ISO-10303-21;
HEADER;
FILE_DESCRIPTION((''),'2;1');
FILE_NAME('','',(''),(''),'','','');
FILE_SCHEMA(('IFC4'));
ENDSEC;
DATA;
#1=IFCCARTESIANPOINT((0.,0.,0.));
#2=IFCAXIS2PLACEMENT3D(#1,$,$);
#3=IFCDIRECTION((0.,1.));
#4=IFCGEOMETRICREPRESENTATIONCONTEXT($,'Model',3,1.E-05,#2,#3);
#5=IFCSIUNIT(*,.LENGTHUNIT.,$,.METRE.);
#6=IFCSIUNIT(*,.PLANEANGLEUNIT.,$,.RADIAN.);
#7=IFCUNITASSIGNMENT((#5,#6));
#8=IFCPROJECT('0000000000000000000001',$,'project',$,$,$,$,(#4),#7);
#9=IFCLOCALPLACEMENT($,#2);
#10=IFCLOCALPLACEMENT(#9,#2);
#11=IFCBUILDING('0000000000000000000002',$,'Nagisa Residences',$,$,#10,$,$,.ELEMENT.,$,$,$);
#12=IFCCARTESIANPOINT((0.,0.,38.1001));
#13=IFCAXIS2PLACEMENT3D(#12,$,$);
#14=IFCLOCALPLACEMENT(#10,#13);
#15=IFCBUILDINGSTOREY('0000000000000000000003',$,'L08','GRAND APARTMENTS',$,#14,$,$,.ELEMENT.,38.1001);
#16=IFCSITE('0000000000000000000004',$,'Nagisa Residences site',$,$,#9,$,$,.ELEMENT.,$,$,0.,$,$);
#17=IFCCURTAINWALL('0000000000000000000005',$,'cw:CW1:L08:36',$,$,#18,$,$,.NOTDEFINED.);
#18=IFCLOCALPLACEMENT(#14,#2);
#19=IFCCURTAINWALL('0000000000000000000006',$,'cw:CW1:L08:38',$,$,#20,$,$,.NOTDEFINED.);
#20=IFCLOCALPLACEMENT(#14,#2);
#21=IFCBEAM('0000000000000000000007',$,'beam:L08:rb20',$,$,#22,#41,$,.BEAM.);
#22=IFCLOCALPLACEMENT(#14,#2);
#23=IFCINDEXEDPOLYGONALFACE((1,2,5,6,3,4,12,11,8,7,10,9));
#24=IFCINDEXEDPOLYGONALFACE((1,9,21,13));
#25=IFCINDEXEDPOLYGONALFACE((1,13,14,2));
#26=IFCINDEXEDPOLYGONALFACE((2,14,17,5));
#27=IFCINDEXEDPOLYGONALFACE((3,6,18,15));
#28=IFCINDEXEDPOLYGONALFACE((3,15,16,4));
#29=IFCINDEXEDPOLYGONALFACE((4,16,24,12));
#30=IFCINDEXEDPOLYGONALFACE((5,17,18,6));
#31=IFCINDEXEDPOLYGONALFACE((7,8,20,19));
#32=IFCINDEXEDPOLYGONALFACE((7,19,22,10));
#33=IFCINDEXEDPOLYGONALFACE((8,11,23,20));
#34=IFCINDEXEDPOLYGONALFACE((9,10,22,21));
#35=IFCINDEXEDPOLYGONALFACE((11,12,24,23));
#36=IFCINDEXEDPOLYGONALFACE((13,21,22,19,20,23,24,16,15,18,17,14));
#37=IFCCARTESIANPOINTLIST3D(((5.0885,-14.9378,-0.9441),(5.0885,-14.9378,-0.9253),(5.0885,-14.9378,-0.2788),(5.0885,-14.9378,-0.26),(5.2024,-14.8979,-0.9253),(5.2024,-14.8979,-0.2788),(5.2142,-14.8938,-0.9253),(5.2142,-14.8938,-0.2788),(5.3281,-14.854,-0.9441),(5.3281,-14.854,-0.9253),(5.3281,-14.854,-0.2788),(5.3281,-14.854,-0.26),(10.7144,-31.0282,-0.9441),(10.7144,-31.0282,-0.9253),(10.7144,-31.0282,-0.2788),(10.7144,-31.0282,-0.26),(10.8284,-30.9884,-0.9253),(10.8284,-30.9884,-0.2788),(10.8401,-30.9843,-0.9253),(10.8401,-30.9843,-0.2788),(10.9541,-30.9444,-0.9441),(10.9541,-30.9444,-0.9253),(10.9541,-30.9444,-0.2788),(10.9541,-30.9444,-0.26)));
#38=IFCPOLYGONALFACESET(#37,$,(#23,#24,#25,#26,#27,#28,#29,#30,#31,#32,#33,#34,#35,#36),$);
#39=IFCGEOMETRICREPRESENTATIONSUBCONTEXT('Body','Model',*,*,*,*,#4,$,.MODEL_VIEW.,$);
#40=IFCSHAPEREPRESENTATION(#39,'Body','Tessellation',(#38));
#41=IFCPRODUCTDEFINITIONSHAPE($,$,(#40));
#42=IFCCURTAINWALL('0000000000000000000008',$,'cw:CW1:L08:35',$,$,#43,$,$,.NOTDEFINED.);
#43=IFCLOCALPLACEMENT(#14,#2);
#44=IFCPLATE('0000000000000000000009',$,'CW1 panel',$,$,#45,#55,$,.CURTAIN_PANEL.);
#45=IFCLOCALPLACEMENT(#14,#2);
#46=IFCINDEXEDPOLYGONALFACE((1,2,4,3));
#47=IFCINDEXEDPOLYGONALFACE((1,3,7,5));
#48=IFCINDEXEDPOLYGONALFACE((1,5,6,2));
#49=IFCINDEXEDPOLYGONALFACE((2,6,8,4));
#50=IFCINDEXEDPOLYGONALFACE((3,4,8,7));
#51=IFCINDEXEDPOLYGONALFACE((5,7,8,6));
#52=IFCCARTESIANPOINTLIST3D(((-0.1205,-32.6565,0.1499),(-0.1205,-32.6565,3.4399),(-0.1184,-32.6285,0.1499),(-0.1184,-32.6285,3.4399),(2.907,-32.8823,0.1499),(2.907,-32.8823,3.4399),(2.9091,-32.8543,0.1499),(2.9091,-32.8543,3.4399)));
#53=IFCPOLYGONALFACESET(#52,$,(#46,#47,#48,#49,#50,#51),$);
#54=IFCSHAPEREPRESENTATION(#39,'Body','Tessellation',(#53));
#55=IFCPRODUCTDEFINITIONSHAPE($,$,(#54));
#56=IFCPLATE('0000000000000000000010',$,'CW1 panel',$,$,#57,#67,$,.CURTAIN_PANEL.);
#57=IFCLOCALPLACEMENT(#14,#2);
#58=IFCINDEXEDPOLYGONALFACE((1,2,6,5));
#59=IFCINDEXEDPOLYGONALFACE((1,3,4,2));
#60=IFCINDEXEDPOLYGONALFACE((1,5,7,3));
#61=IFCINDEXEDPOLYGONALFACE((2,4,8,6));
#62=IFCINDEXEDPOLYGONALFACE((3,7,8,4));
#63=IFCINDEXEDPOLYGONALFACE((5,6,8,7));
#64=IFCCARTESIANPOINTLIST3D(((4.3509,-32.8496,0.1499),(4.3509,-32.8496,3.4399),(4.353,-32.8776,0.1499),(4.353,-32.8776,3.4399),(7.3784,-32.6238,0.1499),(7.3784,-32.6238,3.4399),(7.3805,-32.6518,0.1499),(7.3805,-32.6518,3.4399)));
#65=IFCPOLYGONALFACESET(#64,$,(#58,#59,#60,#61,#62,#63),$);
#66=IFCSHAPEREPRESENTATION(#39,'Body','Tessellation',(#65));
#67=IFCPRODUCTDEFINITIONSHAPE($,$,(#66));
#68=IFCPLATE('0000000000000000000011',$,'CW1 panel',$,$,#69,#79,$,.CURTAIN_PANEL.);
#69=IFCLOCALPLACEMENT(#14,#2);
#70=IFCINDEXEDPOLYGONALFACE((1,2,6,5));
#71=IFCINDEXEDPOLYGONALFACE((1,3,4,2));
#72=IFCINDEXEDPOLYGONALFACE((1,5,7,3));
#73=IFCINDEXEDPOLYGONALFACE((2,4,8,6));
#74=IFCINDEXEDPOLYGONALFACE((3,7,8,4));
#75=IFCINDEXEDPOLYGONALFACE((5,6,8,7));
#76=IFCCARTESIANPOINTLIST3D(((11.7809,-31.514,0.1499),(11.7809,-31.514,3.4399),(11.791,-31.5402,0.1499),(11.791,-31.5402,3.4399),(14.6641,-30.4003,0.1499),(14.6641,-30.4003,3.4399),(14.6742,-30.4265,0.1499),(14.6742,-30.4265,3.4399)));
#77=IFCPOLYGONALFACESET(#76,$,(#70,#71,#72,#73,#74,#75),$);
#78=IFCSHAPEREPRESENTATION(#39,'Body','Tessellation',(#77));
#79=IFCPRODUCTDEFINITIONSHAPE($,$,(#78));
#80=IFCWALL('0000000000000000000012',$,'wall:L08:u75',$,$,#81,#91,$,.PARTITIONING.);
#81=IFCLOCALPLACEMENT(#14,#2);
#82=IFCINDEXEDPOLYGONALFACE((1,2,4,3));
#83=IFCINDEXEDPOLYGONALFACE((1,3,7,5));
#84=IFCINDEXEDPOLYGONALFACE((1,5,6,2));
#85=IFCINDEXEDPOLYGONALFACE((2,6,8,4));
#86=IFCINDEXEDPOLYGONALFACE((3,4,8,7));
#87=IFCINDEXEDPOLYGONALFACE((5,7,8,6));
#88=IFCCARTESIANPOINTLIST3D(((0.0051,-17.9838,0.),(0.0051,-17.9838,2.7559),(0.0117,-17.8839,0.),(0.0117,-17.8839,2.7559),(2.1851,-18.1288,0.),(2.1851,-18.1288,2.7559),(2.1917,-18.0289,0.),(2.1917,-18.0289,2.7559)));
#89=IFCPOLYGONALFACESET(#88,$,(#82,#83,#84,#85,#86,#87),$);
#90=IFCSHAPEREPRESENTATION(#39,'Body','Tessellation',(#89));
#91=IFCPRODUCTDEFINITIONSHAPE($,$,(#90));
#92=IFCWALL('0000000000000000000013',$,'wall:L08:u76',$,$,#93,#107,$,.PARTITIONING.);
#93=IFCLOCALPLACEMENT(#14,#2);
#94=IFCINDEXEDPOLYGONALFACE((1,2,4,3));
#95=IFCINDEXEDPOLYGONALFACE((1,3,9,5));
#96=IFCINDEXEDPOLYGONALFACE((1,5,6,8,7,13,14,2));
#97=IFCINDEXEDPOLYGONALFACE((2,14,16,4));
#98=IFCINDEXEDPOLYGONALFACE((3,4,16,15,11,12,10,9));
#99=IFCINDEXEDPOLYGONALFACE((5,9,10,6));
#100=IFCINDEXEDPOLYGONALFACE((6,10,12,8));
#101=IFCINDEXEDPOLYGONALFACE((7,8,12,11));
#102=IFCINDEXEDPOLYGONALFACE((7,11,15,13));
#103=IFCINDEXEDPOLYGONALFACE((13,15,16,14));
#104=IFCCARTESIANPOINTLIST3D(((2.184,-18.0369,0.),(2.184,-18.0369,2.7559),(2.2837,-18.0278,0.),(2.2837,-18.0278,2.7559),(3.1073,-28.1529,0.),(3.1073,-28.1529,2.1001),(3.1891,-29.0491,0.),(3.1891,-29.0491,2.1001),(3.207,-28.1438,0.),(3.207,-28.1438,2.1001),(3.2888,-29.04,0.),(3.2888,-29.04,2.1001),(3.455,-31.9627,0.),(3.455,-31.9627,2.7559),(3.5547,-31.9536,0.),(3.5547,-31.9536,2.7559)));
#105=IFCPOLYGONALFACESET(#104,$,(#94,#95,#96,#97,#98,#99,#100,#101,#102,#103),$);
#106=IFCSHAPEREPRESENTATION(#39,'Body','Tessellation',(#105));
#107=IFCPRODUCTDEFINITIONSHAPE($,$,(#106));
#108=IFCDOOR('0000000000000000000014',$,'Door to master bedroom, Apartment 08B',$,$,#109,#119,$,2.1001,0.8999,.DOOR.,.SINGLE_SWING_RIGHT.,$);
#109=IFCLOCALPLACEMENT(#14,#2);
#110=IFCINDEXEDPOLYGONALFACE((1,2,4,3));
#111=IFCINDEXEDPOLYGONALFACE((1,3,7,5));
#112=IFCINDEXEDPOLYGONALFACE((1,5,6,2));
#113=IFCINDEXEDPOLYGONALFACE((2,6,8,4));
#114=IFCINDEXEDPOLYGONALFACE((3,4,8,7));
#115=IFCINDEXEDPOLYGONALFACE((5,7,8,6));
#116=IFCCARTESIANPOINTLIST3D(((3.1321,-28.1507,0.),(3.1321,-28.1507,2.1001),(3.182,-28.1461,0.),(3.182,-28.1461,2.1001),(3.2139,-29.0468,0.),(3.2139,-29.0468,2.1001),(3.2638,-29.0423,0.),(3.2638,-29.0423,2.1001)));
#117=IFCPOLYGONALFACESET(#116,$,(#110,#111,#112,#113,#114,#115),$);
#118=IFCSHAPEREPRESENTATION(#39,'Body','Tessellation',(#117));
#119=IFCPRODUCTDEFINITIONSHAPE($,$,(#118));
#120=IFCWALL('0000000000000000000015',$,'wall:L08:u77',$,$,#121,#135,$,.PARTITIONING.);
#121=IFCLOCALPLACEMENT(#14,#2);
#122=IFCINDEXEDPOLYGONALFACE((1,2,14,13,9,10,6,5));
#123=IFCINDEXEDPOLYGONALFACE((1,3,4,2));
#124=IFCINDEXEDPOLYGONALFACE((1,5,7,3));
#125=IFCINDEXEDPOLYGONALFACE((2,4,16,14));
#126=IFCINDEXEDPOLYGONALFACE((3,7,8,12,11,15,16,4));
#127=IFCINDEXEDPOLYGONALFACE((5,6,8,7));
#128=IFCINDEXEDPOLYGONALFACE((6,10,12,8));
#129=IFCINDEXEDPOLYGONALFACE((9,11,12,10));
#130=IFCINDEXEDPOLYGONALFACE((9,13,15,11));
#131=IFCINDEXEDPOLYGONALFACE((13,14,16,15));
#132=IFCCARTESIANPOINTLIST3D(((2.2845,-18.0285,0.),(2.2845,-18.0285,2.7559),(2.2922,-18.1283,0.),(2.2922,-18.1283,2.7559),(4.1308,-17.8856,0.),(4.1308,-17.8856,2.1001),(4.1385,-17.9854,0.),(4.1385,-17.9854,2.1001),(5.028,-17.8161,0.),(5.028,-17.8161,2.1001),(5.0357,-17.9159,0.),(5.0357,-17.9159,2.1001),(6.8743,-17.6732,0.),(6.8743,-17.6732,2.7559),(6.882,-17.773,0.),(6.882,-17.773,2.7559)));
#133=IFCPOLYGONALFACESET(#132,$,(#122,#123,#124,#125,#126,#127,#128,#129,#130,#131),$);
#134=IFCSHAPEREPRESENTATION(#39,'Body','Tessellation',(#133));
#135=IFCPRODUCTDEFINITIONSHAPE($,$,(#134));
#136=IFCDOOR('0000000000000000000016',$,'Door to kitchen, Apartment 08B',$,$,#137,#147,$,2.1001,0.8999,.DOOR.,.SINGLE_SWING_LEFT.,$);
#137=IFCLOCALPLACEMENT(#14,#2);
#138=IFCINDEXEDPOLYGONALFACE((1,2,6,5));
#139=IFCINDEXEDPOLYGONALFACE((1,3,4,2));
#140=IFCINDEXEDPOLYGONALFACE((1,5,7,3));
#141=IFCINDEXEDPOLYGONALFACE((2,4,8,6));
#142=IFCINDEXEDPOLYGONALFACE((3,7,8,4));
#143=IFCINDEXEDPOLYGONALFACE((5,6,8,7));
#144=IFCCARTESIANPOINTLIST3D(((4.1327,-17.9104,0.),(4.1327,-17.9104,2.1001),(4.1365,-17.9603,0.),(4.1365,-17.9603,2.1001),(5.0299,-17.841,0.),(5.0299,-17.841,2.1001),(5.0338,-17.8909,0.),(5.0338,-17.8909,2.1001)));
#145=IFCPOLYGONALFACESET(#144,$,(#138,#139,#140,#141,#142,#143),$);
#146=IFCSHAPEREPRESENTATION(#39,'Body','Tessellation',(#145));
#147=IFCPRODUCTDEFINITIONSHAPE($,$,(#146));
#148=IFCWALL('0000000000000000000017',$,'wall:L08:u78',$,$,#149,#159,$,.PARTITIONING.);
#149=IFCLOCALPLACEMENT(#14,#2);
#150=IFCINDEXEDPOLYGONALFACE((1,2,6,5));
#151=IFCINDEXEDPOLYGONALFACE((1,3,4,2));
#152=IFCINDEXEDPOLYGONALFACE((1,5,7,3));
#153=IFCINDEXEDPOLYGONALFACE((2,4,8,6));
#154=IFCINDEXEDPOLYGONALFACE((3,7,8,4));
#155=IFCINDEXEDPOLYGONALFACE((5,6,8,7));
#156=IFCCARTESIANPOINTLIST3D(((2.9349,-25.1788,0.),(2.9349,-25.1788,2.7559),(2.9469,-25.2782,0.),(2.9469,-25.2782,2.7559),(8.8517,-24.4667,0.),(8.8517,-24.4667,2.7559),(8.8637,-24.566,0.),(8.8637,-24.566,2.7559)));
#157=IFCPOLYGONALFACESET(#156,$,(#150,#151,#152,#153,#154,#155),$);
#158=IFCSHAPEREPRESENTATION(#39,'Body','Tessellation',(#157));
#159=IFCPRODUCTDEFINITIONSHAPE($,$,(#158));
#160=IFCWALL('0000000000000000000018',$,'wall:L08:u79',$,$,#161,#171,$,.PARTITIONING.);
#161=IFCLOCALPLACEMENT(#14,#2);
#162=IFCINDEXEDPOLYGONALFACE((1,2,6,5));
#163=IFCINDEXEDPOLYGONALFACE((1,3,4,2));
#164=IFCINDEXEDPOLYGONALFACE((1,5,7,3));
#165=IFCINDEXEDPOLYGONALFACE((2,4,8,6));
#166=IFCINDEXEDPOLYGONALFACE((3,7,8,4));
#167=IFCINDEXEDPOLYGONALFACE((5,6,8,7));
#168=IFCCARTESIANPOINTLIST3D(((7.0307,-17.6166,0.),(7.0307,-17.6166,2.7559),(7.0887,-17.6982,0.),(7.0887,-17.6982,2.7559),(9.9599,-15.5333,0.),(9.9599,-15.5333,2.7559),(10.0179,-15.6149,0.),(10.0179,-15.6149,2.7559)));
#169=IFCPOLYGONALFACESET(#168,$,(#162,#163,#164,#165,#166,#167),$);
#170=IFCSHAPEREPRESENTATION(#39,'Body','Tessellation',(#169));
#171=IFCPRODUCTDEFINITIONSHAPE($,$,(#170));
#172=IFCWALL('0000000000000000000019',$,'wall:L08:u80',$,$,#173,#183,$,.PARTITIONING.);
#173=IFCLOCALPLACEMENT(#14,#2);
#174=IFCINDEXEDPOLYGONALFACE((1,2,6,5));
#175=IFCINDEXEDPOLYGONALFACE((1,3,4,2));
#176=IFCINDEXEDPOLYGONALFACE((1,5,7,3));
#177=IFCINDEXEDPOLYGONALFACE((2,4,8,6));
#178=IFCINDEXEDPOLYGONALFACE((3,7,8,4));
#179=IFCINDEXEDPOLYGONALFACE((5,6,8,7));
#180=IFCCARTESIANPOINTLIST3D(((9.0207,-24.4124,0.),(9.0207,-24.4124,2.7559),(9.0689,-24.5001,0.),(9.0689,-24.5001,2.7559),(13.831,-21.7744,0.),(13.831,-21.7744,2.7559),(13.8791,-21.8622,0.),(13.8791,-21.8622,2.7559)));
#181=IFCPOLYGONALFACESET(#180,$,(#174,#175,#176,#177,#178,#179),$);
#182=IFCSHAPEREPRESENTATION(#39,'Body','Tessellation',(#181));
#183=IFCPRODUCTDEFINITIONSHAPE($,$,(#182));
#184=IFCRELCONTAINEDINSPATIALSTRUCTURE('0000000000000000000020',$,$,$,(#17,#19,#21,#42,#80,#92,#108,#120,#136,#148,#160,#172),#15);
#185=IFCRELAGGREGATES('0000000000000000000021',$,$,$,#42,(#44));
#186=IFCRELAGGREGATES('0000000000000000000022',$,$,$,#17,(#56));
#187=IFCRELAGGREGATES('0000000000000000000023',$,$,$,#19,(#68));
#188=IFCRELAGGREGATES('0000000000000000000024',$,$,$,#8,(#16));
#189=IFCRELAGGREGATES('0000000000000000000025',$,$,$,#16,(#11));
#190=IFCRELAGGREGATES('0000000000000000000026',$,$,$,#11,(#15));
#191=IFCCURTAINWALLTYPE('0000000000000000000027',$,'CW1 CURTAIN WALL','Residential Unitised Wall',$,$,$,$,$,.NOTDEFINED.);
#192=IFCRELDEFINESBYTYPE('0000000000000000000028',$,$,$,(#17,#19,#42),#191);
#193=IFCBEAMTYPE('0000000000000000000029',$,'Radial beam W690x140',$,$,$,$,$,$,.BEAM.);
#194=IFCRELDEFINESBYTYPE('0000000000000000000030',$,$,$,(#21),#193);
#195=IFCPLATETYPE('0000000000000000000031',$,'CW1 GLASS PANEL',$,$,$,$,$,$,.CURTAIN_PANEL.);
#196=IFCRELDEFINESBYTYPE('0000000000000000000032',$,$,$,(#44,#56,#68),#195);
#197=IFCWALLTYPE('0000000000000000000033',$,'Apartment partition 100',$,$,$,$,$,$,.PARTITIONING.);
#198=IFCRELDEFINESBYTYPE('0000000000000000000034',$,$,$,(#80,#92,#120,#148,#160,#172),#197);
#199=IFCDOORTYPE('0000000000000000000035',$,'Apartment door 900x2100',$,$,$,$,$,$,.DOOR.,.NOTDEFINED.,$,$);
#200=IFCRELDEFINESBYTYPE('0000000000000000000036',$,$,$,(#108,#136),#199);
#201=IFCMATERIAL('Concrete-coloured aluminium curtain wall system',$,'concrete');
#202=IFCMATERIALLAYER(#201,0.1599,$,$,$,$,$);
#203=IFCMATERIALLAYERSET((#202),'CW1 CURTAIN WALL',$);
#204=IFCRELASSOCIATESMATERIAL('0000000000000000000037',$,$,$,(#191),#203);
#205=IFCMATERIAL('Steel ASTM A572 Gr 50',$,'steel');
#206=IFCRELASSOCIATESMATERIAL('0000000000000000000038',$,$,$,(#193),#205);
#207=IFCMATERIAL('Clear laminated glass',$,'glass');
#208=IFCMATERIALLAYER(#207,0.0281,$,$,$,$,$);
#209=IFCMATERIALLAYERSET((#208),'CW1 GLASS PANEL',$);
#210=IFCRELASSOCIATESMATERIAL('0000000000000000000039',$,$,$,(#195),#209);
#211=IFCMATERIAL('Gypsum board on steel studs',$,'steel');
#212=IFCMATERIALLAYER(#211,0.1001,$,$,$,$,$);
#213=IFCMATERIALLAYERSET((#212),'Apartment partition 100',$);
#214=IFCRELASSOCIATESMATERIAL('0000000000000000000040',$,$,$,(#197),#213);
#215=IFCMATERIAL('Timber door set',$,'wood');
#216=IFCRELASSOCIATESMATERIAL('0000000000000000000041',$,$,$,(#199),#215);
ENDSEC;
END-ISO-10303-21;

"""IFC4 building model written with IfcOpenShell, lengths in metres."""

from ifc_helpers import new_model, si_unit, direction, frame, frame_2d, origin, origin_2d, place, context, subcontext, project, spatial, rectangle, i_section, extrude, material, layer, layer_set, material_profile, profile_set, type_object, element, fill, aggregate, save


model = new_model("IFC4")

# Units and contexts
model_context = context("Model", 3, precision=1e-05, world=origin(), true_north=direction((0.0, 1.0)))
body_context = subcontext(model_context, "Body", "Model", "MODEL_VIEW")
ifc_project = project(units=[si_unit("LENGTHUNIT", "METRE"), si_unit("PLANEANGLEUNIT", "RADIAN")], contexts=[model_context])

# Site, building, storey
site_placement = place(None, origin())
site = spatial("IfcSite", under=ifc_project, at=site_placement, Name="Nagisa Residences site", CompositionType="ELEMENT", RefElevation=0.0)
building_placement = place(site_placement, origin())
building = spatial("IfcBuilding", under=site, at=building_placement, Name="Nagisa Residences", CompositionType="ELEMENT")
storey_placement = place(building_placement, frame((0.0, 0.0, 38.1001)))
storey = spatial("IfcBuildingStorey", under=building, at=storey_placement, Name="L08", Description="GRAND APARTMENTS", CompositionType="ELEMENT", Elevation=38.1001)

# Curtain walls
ifc_material_1 = material(Name="Concrete-coloured aluminium curtain wall system", Category="concrete")
ifc_layer_1 = layer(ifc_material_1, 0.1599)
ifc_layer_set_1 = layer_set([ifc_layer_1], Name="CW1 CURTAIN WALL")
curtain_wall_type = type_object("IfcCurtainWallType", Name="CW1 CURTAIN WALL", Description="Residential Unitised Wall", PredefinedType="NOTDEFINED", material=ifc_layer_set_1)
curtain_wall_1_placement = place(storey_placement, origin())
curtain_wall_1 = element("IfcCurtainWall", 1, at=curtain_wall_1_placement, inside=storey, type_object=curtain_wall_type, Name="cw:CW1:L08:36", PredefinedType="NOTDEFINED")
curtain_wall_2_placement = place(storey_placement, origin())
curtain_wall_2 = element("IfcCurtainWall", 2, at=curtain_wall_2_placement, inside=storey, type_object=curtain_wall_type, Name="cw:CW1:L08:38", PredefinedType="NOTDEFINED")

# Beam
ifc_material_2 = material(Name="Steel ASTM A572 Gr 50", Category="steel")
ifc_material_profile_1 = material_profile(ifc_material_2, i_section(OverallWidth=0.2539, OverallDepth=0.6841, WebThickness=0.0125, FlangeThickness=0.0188, at=origin_2d()), Name="W690x140")
ifc_profile_set_1 = profile_set([ifc_material_profile_1], Name="Steel ASTM A572 Gr 50")
beam_type_1 = type_object("IfcBeamType", Name="Radial beam W690x140", PredefinedType="BEAM", material=ifc_profile_set_1)
beam_1_placement = place(storey_placement, frame((10.8342, -30.9863, -0.6021), z_axis=(-0.330051, 0.943963, 0.0), x_axis=(-0.943963, -0.330051, 0.0)))
element("IfcBeam", 3, at=beam_1_placement, inside=storey, type_object=beam_type_1, Name="beam:L08:rb20", PredefinedType="BEAM", context=body_context, shape_type="SweptSolid", body=[
    extrude(i_section(OverallWidth=0.2539, OverallDepth=0.6841, WebThickness=0.0125, FlangeThickness=0.0188, at=origin_2d()), origin(), (0.0, 0.0, 1.0), 17.0457),
])

# Curtain wall, plate
curtain_wall_3_placement = place(storey_placement, origin())
curtain_wall_3 = element("IfcCurtainWall", 4, at=curtain_wall_3_placement, inside=storey, type_object=curtain_wall_type, Name="cw:CW1:L08:35", PredefinedType="NOTDEFINED")
ifc_material_3 = material(Name="Clear laminated glass", Category="glass")
ifc_layer_2 = layer(ifc_material_3, 0.0281)
ifc_layer_set_2 = layer_set([ifc_layer_2], Name="CW1 GLASS PANEL")
plate_type = type_object("IfcPlateType", Name="CW1 GLASS PANEL", PredefinedType="CURTAIN_PANEL", material=ifc_layer_set_2)
plate_1_placement = place(storey_placement, frame((1.3943, -32.7554, 0.1499), z_axis=(0.0, 0.0, 1.0), x_axis=(0.99723, -0.074377, 0.0)))
plate_1 = element("IfcPlate", 5, at=plate_1_placement, type_object=plate_type, Name="CW1 panel", PredefinedType="CURTAIN_PANEL", context=body_context, shape_type="SweptSolid", body=[
    extrude(rectangle(XDim=3.0359, YDim=0.0281, at=origin_2d()), origin(), (0.0, 0.0, 1.0), 3.29),
])
aggregate(curtain_wall_3, [plate_1])

# Plates
plate_2_placement = place(storey_placement, frame((5.8657, -32.7507, 0.1499), z_axis=(0.0, 0.0, 1.0), x_axis=(0.99723, 0.074377, 0.0)))
plate_2 = element("IfcPlate", 6, at=plate_2_placement, type_object=plate_type, Name="CW1 panel", PredefinedType="CURTAIN_PANEL", context=body_context, shape_type="SweptSolid", body=[
    extrude(rectangle(XDim=3.0359, YDim=0.0281, at=origin_2d()), origin(), (0.0, 0.0, 1.0), 3.29),
])
aggregate(curtain_wall_1, [plate_2])
plate_3_placement = place(storey_placement, frame((13.2275, -30.9702, 0.1499), z_axis=(0.0, 0.0, 1.0), x_axis=(0.932826, 0.360328, 0.0)))
plate_3 = element("IfcPlate", 7, at=plate_3_placement, type_object=plate_type, Name="CW1 panel", PredefinedType="CURTAIN_PANEL", context=body_context, shape_type="SweptSolid", body=[
    extrude(rectangle(XDim=3.0908, YDim=0.0281, at=origin_2d()), origin(), (0.0, 0.0, 1.0), 3.29),
])
aggregate(curtain_wall_2, [plate_3])

# Wall
ifc_material_4 = material(Name="Gypsum board on steel studs", Category="steel")
ifc_layer_3 = layer(ifc_material_4, 0.1001)
ifc_layer_set_3 = layer_set([ifc_layer_3], Name="Apartment partition 100")
wall_type_1 = type_object("IfcWallType", Name="Apartment partition 100", PredefinedType="PARTITIONING", material=ifc_layer_set_3)
wall_1_placement = place(storey_placement, frame((0.0085, -17.9338, 0.0), z_axis=(0.0, 0.0, 1.0), x_axis=(0.997795, -0.066378, 0.0)))
element("IfcWall", 8, at=wall_1_placement, inside=storey, type_object=wall_type_1, Name="wall:L08:u75", PredefinedType="PARTITIONING", context=body_context, shape_type="SweptSolid", body=[
    extrude(rectangle(XDim=2.1848, YDim=0.1001, at=frame_2d((1.0923, 0.0))), origin(), (0.0, 0.0, 1.0), 2.7559),
])

# Walls, openings, doors
wall_2_placement = place(storey_placement, frame((2.2339, -18.0325, 0.0), z_axis=(0.0, 0.0, 1.0), x_axis=(0.090892, -0.995861, 0.0)))
wall_2 = element("IfcWall", 9, at=wall_2_placement, inside=storey, type_object=wall_type_1, Name="wall:L08:u76", PredefinedType="PARTITIONING", context=body_context, shape_type="SweptSolid", body=[
    extrude(rectangle(XDim=13.9836, YDim=0.1001, at=frame_2d((6.9917, 0.0))), origin(), (0.0, 0.0, 1.0), 2.7559),
])
opening_1_placement = place(wall_2_placement, frame((10.158, 0.0, 0.0)))
opening_1 = element("IfcOpeningElement", 10, at=opening_1_placement, cuts=wall_2, PredefinedType="OPENING", context=body_context, shape_type="SweptSolid", body=[
    extrude(rectangle(XDim=0.8999, YDim=2.1001, at=frame_2d((0.45, 1.05))), frame((0.0, 0.0601, 0.0), z_axis=(0.0, -1.0, 0.0), x_axis=(1.0, 0.0, 0.0)), (0.0, 0.0, 1.0), 0.1201),
])
ifc_material_5 = material(Name="Timber door set", Category="wood")
door_type_1 = type_object("IfcDoorType", Name="Apartment door 900x2100", OperationType="NOTDEFINED", PredefinedType="DOOR", material=ifc_material_5)
door_1_placement = place(opening_1_placement, origin())
door_1 = element("IfcDoor", 11, at=door_1_placement, inside=storey, type_object=door_type_1, Name="Door to master bedroom, Apartment 08B", OperationType="SINGLE_SWING_RIGHT", OverallHeight=2.1001, OverallWidth=0.8999, PredefinedType="DOOR", context=body_context, shape_type="SweptSolid", body=[
    extrude(rectangle(XDim=0.8999, YDim=2.1001, at=frame_2d((0.45, 1.05))), frame((0.0, 0.0249, 0.0), z_axis=(0.0, -1.0, 0.0), x_axis=(1.0, 0.0, 0.0)), (0.0, 0.0, 1.0), 0.05),
])
fill(opening_1, door_1)
wall_3_placement = place(storey_placement, frame((2.2883, -18.0784, 0.0), z_axis=(0.0, 0.0, 1.0), x_axis=(0.997019, 0.077163, 0.0)))
wall_3 = element("IfcWall", 12, at=wall_3_placement, inside=storey, type_object=wall_type_1, Name="wall:L08:u77", PredefinedType="PARTITIONING", context=body_context, shape_type="SweptSolid", body=[
    extrude(rectangle(XDim=4.6035, YDim=0.1001, at=frame_2d((2.3018, 0.0))), origin(), (0.0, 0.0, 1.0), 2.7559),
])
opening_2_placement = place(wall_3_placement, frame((1.8518, 0.0, 0.0)))
opening_2 = element("IfcOpeningElement", 13, at=opening_2_placement, cuts=wall_3, PredefinedType="OPENING", context=body_context, shape_type="SweptSolid", body=[
    extrude(rectangle(XDim=0.8999, YDim=2.1001, at=frame_2d((0.45, 1.05))), frame((0.0, 0.0601, 0.0), z_axis=(0.0, -1.0, 0.0), x_axis=(1.0, 0.0, 0.0)), (0.0, 0.0, 1.0), 0.1201),
])
door_2_placement = place(opening_2_placement, frame((0.8999, 0.0, 0.0), x_axis=(-1.0, 0.0, 0.0)))
door_2 = element("IfcDoor", 14, at=door_2_placement, inside=storey, type_object=door_type_1, Name="Door to kitchen, Apartment 08B", OperationType="SINGLE_SWING_LEFT", OverallHeight=2.1001, OverallWidth=0.8999, PredefinedType="DOOR", context=body_context, shape_type="SweptSolid", body=[
    extrude(rectangle(XDim=0.8999, YDim=2.1001, at=frame_2d((0.45, 1.05))), frame((0.0, 0.0249, 0.0), z_axis=(0.0, -1.0, 0.0), x_axis=(1.0, 0.0, 0.0)), (0.0, 0.0, 1.0), 0.05),
])
fill(opening_2, door_2)

# Walls
wall_4_placement = place(storey_placement, frame((2.9409, -25.2285, 0.0), z_axis=(0.0, 0.0, 1.0), x_axis=(0.992834, 0.119501, 0.0)))
element("IfcWall", 15, at=wall_4_placement, inside=storey, type_object=wall_type_1, Name="wall:L08:u78", PredefinedType="PARTITIONING", context=body_context, shape_type="SweptSolid", body=[
    extrude(rectangle(XDim=5.9595, YDim=0.1001, at=frame_2d((2.9797, 0.0))), origin(), (0.0, 0.0, 1.0), 2.7559),
])
wall_5_placement = place(storey_placement, frame((7.0596, -17.6575, 0.0), z_axis=(0.0, 0.0, 1.0), x_axis=(0.81492, 0.579573, 0.0)))
element("IfcWall", 16, at=wall_5_placement, inside=storey, type_object=wall_type_1, Name="wall:L08:u79", PredefinedType="PARTITIONING", context=body_context, shape_type="SweptSolid", body=[
    extrude(rectangle(XDim=3.5945, YDim=0.1001, at=frame_2d((1.7974, 0.0))), origin(), (0.0, 0.0, 1.0), 2.7559),
])
wall_6_placement = place(storey_placement, frame((9.0447, -24.4563, 0.0), z_axis=(0.0, 0.0, 1.0), x_axis=(0.87681, 0.480837, 0.0)))
element("IfcWall", 17, at=wall_6_placement, inside=storey, type_object=wall_type_1, Name="wall:L08:u80", PredefinedType="PARTITIONING", context=body_context, shape_type="SweptSolid", body=[
    extrude(rectangle(XDim=5.4861, YDim=0.1001, at=frame_2d((2.7432, 0.0))), origin(), (0.0, 0.0, 1.0), 2.7559),
])

save(model, "model.ifc")
